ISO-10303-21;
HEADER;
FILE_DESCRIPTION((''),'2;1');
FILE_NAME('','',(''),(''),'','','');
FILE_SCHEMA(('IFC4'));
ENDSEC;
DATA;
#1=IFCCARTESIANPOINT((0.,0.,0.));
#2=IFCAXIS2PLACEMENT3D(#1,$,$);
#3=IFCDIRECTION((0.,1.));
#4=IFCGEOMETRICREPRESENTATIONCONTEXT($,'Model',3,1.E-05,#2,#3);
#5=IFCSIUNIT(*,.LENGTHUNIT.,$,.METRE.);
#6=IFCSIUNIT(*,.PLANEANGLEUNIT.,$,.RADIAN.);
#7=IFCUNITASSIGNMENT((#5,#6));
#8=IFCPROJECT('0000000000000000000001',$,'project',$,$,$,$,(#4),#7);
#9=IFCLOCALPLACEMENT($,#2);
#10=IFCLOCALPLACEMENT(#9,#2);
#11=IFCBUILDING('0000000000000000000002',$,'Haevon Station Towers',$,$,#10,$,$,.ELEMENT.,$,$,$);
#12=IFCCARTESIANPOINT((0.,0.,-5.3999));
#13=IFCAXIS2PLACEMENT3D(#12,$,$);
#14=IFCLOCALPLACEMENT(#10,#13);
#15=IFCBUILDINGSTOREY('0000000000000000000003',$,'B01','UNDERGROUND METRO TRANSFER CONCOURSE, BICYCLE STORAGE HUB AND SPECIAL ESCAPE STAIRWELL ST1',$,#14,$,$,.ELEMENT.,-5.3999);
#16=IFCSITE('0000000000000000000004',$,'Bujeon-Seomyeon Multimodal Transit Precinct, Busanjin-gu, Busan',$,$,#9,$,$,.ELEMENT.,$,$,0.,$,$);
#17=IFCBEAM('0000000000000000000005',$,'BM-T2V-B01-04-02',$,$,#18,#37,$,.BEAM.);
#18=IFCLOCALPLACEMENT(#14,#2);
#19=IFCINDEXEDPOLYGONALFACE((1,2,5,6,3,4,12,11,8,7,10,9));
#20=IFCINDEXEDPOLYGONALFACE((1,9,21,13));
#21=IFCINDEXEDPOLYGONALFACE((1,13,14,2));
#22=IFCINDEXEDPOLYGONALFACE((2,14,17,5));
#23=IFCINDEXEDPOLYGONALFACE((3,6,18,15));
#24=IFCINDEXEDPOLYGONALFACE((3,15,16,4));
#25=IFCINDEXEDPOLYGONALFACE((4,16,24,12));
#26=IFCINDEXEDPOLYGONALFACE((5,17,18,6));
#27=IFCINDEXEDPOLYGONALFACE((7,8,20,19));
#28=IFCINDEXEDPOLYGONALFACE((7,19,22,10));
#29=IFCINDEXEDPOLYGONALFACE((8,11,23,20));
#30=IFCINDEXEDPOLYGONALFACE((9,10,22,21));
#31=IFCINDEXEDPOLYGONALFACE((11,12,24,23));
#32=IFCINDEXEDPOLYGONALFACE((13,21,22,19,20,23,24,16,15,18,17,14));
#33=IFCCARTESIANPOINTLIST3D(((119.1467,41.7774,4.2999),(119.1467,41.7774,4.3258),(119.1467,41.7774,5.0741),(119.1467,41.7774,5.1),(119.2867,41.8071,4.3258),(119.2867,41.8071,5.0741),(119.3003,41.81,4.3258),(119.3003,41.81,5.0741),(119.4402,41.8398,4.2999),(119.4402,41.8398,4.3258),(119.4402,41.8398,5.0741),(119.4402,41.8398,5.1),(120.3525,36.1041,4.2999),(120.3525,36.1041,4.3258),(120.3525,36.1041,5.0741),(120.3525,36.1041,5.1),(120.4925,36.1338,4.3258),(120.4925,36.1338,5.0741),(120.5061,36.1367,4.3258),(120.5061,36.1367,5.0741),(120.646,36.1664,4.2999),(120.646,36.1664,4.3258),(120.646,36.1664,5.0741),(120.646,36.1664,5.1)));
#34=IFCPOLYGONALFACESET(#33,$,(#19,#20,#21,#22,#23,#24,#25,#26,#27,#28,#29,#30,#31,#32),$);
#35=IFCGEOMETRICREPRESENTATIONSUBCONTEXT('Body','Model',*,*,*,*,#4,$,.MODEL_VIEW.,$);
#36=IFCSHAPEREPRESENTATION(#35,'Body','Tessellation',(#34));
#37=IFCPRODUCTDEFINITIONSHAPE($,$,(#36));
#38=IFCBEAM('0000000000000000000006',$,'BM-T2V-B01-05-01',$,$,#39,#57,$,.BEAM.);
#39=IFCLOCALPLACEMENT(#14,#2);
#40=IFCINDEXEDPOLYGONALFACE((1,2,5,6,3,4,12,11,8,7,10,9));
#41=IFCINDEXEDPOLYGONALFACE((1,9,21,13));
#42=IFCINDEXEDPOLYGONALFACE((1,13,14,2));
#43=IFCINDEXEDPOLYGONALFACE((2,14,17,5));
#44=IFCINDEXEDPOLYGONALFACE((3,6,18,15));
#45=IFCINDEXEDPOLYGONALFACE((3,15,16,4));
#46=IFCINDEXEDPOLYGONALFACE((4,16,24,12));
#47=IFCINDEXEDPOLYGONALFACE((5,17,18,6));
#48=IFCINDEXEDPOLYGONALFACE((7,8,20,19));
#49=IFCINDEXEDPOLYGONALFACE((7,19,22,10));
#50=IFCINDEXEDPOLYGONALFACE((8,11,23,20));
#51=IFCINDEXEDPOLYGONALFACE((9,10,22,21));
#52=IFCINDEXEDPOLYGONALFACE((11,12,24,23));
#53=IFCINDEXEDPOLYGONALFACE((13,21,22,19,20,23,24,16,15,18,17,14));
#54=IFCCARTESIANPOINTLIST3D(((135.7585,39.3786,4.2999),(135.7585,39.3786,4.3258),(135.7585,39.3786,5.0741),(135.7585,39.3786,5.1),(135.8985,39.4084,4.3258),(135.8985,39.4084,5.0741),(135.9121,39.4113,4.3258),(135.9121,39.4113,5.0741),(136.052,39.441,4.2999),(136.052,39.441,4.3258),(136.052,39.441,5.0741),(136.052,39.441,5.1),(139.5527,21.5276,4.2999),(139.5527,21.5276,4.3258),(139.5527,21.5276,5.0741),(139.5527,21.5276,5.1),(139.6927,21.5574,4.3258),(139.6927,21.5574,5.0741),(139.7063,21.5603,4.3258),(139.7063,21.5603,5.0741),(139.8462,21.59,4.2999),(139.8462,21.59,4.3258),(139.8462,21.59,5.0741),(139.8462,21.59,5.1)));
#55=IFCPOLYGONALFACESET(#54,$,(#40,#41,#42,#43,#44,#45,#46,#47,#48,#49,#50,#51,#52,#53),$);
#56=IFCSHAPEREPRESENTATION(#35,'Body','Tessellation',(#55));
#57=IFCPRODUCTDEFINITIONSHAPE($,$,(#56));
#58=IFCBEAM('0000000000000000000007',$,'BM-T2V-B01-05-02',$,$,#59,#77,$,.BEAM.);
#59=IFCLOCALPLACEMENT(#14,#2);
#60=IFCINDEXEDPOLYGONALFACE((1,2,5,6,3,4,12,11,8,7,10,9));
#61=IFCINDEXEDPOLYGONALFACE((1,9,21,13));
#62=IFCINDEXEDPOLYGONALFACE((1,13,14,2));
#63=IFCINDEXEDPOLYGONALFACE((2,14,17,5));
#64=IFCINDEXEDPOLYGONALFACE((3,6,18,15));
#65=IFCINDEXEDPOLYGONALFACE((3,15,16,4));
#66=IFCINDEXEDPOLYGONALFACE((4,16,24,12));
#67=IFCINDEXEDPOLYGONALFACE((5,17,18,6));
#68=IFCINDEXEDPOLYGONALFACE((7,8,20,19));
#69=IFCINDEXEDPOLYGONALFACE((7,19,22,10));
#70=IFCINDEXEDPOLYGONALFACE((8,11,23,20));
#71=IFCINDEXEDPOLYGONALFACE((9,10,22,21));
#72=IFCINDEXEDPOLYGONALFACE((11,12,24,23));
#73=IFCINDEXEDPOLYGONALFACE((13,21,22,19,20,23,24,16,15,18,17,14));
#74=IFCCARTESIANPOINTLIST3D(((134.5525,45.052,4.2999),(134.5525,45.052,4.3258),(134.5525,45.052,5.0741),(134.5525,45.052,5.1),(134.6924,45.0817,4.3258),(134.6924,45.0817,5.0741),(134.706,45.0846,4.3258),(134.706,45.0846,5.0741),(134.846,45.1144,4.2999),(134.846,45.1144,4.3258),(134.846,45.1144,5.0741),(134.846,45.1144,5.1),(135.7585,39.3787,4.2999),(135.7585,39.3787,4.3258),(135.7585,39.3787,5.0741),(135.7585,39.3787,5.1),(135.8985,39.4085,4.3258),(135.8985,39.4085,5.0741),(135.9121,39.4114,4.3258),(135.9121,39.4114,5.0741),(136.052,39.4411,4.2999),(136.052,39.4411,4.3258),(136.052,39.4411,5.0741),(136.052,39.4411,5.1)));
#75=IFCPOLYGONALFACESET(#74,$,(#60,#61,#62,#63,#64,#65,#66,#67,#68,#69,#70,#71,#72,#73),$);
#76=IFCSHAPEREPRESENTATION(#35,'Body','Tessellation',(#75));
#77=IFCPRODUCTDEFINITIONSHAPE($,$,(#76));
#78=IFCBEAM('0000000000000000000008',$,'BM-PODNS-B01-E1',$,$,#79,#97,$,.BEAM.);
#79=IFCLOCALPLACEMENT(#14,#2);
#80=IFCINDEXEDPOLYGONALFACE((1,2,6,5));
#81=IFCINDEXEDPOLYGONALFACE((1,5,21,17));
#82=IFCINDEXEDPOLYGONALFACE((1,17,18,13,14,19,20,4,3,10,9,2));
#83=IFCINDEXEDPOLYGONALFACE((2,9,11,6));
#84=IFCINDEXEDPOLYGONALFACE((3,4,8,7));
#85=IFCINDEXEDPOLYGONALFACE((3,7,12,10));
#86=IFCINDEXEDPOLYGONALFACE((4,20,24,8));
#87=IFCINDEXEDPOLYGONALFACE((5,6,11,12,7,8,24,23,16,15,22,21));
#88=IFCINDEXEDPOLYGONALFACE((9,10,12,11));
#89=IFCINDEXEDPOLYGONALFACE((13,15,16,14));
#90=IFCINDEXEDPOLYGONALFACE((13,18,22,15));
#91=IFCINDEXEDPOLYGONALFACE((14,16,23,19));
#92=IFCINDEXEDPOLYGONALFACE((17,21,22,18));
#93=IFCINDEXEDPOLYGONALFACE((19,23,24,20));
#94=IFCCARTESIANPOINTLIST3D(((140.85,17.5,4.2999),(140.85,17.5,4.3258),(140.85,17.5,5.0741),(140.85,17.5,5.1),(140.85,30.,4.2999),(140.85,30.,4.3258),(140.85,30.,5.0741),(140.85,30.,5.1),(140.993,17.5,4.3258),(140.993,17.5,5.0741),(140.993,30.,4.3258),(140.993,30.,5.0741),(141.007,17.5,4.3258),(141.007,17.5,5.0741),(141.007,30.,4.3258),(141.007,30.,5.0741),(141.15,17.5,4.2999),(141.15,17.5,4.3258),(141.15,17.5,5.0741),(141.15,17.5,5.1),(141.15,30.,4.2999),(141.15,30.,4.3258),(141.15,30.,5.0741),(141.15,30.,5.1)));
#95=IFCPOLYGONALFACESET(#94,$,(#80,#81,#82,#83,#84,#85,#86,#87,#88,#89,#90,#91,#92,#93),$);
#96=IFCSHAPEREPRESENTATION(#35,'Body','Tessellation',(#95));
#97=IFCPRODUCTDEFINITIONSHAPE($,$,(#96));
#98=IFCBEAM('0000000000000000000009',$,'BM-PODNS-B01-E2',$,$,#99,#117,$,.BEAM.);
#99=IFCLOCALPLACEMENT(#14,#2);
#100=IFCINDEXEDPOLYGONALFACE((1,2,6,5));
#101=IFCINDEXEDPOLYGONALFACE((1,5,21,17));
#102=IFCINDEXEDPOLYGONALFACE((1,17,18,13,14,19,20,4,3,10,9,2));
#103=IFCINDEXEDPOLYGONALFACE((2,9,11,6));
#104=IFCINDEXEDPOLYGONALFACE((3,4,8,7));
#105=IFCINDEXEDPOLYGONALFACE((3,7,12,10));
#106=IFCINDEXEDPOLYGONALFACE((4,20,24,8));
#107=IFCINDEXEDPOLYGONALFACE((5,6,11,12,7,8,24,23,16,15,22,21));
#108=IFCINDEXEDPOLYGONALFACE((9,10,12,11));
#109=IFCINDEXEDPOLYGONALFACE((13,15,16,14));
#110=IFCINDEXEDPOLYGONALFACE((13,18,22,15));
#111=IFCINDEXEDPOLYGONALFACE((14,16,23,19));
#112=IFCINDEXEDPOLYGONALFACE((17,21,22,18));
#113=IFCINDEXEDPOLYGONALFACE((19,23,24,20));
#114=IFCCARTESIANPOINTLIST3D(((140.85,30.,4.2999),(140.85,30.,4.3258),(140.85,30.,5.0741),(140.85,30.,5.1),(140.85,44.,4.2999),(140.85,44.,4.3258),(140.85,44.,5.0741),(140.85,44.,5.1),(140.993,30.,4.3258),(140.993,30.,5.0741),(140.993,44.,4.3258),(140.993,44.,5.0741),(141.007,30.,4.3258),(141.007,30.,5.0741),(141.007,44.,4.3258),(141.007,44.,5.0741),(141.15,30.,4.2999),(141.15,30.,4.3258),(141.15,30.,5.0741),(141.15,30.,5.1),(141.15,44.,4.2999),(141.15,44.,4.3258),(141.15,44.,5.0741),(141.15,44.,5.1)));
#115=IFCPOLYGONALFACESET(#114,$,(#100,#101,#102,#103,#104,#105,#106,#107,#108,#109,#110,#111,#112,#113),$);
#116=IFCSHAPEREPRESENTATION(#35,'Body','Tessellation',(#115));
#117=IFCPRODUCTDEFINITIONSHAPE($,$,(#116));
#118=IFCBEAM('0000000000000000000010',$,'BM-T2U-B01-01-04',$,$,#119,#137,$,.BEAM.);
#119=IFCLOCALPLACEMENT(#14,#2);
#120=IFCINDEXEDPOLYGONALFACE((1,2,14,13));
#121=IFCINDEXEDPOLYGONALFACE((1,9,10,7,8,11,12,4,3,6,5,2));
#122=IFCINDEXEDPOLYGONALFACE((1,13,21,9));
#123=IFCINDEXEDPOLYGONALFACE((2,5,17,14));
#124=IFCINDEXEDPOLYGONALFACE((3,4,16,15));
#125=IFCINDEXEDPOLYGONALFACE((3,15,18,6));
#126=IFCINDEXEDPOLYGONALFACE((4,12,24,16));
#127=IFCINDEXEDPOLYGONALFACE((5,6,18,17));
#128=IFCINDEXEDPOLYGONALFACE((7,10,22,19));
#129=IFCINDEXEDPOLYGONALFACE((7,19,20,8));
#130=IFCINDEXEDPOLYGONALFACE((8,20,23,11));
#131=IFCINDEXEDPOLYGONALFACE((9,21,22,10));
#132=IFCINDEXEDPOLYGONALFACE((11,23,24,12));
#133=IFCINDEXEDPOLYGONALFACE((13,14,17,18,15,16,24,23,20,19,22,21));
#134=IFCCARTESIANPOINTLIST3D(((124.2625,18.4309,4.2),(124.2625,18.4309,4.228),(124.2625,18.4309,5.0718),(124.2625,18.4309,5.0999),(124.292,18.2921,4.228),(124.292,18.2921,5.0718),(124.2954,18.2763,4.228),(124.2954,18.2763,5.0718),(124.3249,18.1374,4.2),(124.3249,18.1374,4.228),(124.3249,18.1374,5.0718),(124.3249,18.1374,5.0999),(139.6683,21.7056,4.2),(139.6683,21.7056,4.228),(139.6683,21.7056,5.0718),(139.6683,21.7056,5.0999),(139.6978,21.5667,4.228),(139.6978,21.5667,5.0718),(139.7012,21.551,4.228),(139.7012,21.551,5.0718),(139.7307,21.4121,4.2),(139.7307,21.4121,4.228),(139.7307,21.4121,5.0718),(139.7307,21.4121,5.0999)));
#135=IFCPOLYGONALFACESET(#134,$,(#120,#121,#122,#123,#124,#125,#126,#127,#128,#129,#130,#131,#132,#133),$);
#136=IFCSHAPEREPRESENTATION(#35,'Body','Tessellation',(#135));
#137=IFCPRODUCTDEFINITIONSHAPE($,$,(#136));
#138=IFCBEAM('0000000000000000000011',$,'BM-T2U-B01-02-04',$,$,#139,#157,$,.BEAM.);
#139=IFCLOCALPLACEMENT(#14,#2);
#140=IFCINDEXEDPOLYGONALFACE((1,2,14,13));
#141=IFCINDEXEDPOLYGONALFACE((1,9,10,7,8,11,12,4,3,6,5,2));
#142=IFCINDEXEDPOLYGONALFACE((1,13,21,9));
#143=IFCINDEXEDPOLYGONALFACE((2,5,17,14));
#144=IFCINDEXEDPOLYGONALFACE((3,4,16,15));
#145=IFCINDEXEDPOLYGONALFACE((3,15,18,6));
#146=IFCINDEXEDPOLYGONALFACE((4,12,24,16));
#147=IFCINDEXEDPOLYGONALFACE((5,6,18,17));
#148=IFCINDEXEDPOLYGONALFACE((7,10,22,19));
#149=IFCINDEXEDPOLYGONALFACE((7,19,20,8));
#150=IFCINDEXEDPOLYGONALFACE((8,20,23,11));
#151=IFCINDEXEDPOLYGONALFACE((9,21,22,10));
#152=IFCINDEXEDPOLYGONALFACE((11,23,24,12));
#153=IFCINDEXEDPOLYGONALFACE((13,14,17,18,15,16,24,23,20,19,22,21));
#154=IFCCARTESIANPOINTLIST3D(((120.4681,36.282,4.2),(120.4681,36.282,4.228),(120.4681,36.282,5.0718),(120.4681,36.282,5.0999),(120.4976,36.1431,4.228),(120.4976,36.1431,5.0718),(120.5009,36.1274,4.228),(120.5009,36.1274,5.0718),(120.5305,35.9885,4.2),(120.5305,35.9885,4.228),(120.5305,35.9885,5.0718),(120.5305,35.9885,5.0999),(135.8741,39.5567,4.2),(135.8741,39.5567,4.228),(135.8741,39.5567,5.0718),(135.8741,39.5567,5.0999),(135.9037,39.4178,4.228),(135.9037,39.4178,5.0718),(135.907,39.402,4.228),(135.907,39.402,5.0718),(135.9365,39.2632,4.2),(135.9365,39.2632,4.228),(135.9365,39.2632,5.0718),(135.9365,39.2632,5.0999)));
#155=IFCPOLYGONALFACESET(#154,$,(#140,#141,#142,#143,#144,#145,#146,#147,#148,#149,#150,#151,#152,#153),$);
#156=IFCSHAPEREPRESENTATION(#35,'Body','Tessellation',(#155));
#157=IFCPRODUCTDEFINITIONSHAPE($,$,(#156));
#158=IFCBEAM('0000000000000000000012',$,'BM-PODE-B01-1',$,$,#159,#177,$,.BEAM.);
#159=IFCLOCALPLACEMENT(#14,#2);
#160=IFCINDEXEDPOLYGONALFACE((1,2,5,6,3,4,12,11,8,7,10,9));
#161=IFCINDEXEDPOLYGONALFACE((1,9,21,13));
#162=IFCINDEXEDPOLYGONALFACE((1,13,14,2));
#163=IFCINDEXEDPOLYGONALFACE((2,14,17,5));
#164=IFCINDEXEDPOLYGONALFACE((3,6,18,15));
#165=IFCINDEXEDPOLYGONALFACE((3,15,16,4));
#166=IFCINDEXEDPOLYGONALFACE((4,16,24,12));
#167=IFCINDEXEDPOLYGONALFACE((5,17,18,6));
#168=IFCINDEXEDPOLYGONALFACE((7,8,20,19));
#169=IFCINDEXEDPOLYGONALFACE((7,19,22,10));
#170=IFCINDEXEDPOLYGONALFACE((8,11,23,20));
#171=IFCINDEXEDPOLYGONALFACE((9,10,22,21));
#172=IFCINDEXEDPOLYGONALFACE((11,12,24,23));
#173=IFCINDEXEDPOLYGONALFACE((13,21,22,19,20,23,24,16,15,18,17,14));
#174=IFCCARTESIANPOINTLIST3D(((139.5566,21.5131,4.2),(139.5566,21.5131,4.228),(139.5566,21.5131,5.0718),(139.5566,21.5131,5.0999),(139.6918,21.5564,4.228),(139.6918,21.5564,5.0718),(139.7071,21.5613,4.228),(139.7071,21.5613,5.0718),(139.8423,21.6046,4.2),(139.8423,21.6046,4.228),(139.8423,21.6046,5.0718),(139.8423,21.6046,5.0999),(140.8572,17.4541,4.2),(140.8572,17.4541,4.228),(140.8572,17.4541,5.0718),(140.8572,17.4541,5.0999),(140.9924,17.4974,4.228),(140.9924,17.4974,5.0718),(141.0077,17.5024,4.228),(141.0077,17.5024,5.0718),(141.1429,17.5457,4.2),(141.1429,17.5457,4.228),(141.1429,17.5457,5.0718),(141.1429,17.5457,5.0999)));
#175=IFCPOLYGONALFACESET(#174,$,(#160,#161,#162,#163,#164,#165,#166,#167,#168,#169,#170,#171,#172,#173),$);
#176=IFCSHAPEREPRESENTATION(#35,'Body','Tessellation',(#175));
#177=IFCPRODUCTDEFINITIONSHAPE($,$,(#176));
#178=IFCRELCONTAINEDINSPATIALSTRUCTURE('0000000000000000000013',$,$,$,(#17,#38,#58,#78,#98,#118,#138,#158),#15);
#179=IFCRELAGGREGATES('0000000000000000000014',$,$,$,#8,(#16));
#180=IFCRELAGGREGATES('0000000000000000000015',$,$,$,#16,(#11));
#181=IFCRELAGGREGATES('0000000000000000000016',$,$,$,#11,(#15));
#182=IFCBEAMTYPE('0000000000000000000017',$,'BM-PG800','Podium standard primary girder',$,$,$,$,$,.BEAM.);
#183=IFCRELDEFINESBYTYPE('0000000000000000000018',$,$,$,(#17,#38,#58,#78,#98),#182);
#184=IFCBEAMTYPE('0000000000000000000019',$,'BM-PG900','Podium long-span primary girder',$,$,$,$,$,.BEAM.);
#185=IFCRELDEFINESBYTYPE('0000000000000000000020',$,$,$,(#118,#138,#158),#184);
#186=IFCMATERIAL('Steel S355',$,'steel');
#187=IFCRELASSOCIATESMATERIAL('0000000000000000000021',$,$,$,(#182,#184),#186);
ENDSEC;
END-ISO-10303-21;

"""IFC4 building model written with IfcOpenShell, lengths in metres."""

from ifc_helpers import new_model, si_unit, direction, frame, origin, origin_2d, place, context, subcontext, project, spatial, i_section, extrude, material, material_profile, profile_set, type_object, element, save


model = new_model("IFC4")

# Units and contexts
model_context = context("Model", 3, precision=1e-05, world=origin(), true_north=direction((0.0, 1.0)))
body_context = subcontext(model_context, "Body", "Model", "MODEL_VIEW")
ifc_project = project(units=[si_unit("LENGTHUNIT", "METRE"), si_unit("PLANEANGLEUNIT", "RADIAN")], contexts=[model_context])

# Site, building, storey
site_placement = place(None, origin())
site = spatial("IfcSite", under=ifc_project, at=site_placement, Name="Bujeon-Seomyeon Multimodal Transit Precinct, Busanjin-gu, Busan", CompositionType="ELEMENT", RefElevation=0.0)
building_placement = place(site_placement, origin())
building = spatial("IfcBuilding", under=site, at=building_placement, Name="Haevon Station Towers", CompositionType="ELEMENT")
storey_placement = place(building_placement, frame((0.0, 0.0, -5.3999)))
storey = spatial("IfcBuildingStorey", under=building, at=storey_placement, Name="B01", Description="UNDERGROUND METRO TRANSFER CONCOURSE, BICYCLE STORAGE HUB AND SPECIAL ESCAPE STAIRWELL ST1", CompositionType="ELEMENT", Elevation=-5.3999)

# Beams
ifc_material_1 = material(Name="Steel S355", Category="steel")
ifc_material_profile_1 = material_profile(ifc_material_1, i_section(OverallWidth=0.3, OverallDepth=0.8, WebThickness=0.0139, FlangeThickness=0.0259, at=origin_2d()), Name="H-800x300x14x26")
ifc_profile_set_1 = profile_set([ifc_material_profile_1], Name="Steel S355")
beam_type_1 = type_object("IfcBeamType", Name="BM-PG800", Description="Podium standard primary girder", PredefinedType="BEAM", material=ifc_profile_set_1)
beam_1_placement = place(storey_placement, frame((120.4993, 36.1353, 4.7), z_axis=(-0.207896, 0.978151, 0.0), x_axis=(-0.978151, -0.207896, 0.0)))
element("IfcBeam", 1, at=beam_1_placement, inside=storey, type_object=beam_type_1, Name="BM-T2V-B01-04-02", PredefinedType="BEAM", context=body_context, shape_type="SweptSolid", body=[
    extrude(i_section(OverallWidth=0.3, OverallDepth=0.8, WebThickness=0.0139, FlangeThickness=0.0259, at=origin_2d()), origin(), (0.0, 0.0, 1.0), 5.8),
])
beam_2_placement = place(storey_placement, frame((139.6995, 21.5588, 4.7), z_axis=(-0.207903, 0.97815, 0.0), x_axis=(-0.97815, -0.207903, 0.0)))
element("IfcBeam", 2, at=beam_2_placement, inside=storey, type_object=beam_type_1, Name="BM-T2V-B01-05-01", PredefinedType="BEAM", context=body_context, shape_type="SweptSolid", body=[
    extrude(i_section(OverallWidth=0.3, OverallDepth=0.8, WebThickness=0.0139, FlangeThickness=0.0259, at=origin_2d()), origin(), (0.0, 0.0, 1.0), 18.2498),
])
beam_3_placement = place(storey_placement, frame((135.9053, 39.4099, 4.7), z_axis=(-0.207936, 0.978142, 0.0), x_axis=(-0.978142, -0.207936, 0.0)))
element("IfcBeam", 3, at=beam_3_placement, inside=storey, type_object=beam_type_1, Name="BM-T2V-B01-05-02", PredefinedType="BEAM", context=body_context, shape_type="SweptSolid", body=[
    extrude(i_section(OverallWidth=0.3, OverallDepth=0.8, WebThickness=0.0139, FlangeThickness=0.0259, at=origin_2d()), origin(), (0.0, 0.0, 1.0), 5.8),
])
beam_4_placement = place(storey_placement, frame((141.0, 17.5, 4.7), z_axis=(0.0, 1.0, 0.0), x_axis=(-1.0, 0.0, 0.0)))
element("IfcBeam", 4, at=beam_4_placement, inside=storey, type_object=beam_type_1, Name="BM-PODNS-B01-E1", PredefinedType="BEAM", context=body_context, shape_type="SweptSolid", body=[
    extrude(i_section(OverallWidth=0.3, OverallDepth=0.8, WebThickness=0.0139, FlangeThickness=0.0259, at=origin_2d()), origin(), (0.0, 0.0, 1.0), 12.5),
])
beam_5_placement = place(storey_placement, frame((141.0, 30.0, 4.7), z_axis=(0.0, 1.0, 0.0), x_axis=(-1.0, 0.0, 0.0)))
element("IfcBeam", 5, at=beam_5_placement, inside=storey, type_object=beam_type_1, Name="BM-PODNS-B01-E2", PredefinedType="BEAM", context=body_context, shape_type="SweptSolid", body=[
    extrude(i_section(OverallWidth=0.3, OverallDepth=0.8, WebThickness=0.0139, FlangeThickness=0.0259, at=origin_2d()), origin(), (0.0, 0.0, 1.0), 14.0),
])
ifc_material_profile_2 = material_profile(ifc_material_1, i_section(OverallWidth=0.3, OverallDepth=0.8999, WebThickness=0.0161, FlangeThickness=0.0281, at=origin_2d()), Name="H-900x300x16x28")
ifc_profile_set_2 = profile_set([ifc_material_profile_2], Name="Steel S355")
beam_type_2 = type_object("IfcBeamType", Name="BM-PG900", Description="Podium long-span primary girder", PredefinedType="BEAM", material=ifc_profile_set_2)
beam_6_placement = place(storey_placement, frame((124.2937, 18.2842, 4.6499), z_axis=(0.978147, 0.207915, 0.0), x_axis=(-0.207915, 0.978147, 0.0)))
element("IfcBeam", 6, at=beam_6_placement, inside=storey, type_object=beam_type_2, Name="BM-T2U-B01-01-04", PredefinedType="BEAM", context=body_context, shape_type="SweptSolid", body=[
    extrude(i_section(OverallWidth=0.3, OverallDepth=0.8999, WebThickness=0.0161, FlangeThickness=0.0281, at=origin_2d()), origin(), (0.0, 0.0, 1.0), 15.75),
])
beam_7_placement = place(storey_placement, frame((120.4993, 36.1353, 4.6499), z_axis=(0.978147, 0.207912, 0.0), x_axis=(-0.207912, 0.978147, 0.0)))
element("IfcBeam", 7, at=beam_7_placement, inside=storey, type_object=beam_type_2, Name="BM-T2U-B01-02-04", PredefinedType="BEAM", context=body_context, shape_type="SweptSolid", body=[
    extrude(i_section(OverallWidth=0.3, OverallDepth=0.8999, WebThickness=0.0161, FlangeThickness=0.0281, at=origin_2d()), origin(), (0.0, 0.0, 1.0), 15.7502),
])
beam_8_placement = place(storey_placement, frame((139.6995, 21.5588, 4.6499), z_axis=(0.305139, -0.952308, 0.0), x_axis=(0.952308, 0.305139, 0.0)))
element("IfcBeam", 8, at=beam_8_placement, inside=storey, type_object=beam_type_2, Name="BM-PODE-B01-1", PredefinedType="BEAM", context=body_context, shape_type="SweptSolid", body=[
    extrude(i_section(OverallWidth=0.3, OverallDepth=0.8999, WebThickness=0.0161, FlangeThickness=0.0281, at=origin_2d()), origin(), (0.0, 0.0, 1.0), 4.2622),
])

save(model, "model.ifc")
